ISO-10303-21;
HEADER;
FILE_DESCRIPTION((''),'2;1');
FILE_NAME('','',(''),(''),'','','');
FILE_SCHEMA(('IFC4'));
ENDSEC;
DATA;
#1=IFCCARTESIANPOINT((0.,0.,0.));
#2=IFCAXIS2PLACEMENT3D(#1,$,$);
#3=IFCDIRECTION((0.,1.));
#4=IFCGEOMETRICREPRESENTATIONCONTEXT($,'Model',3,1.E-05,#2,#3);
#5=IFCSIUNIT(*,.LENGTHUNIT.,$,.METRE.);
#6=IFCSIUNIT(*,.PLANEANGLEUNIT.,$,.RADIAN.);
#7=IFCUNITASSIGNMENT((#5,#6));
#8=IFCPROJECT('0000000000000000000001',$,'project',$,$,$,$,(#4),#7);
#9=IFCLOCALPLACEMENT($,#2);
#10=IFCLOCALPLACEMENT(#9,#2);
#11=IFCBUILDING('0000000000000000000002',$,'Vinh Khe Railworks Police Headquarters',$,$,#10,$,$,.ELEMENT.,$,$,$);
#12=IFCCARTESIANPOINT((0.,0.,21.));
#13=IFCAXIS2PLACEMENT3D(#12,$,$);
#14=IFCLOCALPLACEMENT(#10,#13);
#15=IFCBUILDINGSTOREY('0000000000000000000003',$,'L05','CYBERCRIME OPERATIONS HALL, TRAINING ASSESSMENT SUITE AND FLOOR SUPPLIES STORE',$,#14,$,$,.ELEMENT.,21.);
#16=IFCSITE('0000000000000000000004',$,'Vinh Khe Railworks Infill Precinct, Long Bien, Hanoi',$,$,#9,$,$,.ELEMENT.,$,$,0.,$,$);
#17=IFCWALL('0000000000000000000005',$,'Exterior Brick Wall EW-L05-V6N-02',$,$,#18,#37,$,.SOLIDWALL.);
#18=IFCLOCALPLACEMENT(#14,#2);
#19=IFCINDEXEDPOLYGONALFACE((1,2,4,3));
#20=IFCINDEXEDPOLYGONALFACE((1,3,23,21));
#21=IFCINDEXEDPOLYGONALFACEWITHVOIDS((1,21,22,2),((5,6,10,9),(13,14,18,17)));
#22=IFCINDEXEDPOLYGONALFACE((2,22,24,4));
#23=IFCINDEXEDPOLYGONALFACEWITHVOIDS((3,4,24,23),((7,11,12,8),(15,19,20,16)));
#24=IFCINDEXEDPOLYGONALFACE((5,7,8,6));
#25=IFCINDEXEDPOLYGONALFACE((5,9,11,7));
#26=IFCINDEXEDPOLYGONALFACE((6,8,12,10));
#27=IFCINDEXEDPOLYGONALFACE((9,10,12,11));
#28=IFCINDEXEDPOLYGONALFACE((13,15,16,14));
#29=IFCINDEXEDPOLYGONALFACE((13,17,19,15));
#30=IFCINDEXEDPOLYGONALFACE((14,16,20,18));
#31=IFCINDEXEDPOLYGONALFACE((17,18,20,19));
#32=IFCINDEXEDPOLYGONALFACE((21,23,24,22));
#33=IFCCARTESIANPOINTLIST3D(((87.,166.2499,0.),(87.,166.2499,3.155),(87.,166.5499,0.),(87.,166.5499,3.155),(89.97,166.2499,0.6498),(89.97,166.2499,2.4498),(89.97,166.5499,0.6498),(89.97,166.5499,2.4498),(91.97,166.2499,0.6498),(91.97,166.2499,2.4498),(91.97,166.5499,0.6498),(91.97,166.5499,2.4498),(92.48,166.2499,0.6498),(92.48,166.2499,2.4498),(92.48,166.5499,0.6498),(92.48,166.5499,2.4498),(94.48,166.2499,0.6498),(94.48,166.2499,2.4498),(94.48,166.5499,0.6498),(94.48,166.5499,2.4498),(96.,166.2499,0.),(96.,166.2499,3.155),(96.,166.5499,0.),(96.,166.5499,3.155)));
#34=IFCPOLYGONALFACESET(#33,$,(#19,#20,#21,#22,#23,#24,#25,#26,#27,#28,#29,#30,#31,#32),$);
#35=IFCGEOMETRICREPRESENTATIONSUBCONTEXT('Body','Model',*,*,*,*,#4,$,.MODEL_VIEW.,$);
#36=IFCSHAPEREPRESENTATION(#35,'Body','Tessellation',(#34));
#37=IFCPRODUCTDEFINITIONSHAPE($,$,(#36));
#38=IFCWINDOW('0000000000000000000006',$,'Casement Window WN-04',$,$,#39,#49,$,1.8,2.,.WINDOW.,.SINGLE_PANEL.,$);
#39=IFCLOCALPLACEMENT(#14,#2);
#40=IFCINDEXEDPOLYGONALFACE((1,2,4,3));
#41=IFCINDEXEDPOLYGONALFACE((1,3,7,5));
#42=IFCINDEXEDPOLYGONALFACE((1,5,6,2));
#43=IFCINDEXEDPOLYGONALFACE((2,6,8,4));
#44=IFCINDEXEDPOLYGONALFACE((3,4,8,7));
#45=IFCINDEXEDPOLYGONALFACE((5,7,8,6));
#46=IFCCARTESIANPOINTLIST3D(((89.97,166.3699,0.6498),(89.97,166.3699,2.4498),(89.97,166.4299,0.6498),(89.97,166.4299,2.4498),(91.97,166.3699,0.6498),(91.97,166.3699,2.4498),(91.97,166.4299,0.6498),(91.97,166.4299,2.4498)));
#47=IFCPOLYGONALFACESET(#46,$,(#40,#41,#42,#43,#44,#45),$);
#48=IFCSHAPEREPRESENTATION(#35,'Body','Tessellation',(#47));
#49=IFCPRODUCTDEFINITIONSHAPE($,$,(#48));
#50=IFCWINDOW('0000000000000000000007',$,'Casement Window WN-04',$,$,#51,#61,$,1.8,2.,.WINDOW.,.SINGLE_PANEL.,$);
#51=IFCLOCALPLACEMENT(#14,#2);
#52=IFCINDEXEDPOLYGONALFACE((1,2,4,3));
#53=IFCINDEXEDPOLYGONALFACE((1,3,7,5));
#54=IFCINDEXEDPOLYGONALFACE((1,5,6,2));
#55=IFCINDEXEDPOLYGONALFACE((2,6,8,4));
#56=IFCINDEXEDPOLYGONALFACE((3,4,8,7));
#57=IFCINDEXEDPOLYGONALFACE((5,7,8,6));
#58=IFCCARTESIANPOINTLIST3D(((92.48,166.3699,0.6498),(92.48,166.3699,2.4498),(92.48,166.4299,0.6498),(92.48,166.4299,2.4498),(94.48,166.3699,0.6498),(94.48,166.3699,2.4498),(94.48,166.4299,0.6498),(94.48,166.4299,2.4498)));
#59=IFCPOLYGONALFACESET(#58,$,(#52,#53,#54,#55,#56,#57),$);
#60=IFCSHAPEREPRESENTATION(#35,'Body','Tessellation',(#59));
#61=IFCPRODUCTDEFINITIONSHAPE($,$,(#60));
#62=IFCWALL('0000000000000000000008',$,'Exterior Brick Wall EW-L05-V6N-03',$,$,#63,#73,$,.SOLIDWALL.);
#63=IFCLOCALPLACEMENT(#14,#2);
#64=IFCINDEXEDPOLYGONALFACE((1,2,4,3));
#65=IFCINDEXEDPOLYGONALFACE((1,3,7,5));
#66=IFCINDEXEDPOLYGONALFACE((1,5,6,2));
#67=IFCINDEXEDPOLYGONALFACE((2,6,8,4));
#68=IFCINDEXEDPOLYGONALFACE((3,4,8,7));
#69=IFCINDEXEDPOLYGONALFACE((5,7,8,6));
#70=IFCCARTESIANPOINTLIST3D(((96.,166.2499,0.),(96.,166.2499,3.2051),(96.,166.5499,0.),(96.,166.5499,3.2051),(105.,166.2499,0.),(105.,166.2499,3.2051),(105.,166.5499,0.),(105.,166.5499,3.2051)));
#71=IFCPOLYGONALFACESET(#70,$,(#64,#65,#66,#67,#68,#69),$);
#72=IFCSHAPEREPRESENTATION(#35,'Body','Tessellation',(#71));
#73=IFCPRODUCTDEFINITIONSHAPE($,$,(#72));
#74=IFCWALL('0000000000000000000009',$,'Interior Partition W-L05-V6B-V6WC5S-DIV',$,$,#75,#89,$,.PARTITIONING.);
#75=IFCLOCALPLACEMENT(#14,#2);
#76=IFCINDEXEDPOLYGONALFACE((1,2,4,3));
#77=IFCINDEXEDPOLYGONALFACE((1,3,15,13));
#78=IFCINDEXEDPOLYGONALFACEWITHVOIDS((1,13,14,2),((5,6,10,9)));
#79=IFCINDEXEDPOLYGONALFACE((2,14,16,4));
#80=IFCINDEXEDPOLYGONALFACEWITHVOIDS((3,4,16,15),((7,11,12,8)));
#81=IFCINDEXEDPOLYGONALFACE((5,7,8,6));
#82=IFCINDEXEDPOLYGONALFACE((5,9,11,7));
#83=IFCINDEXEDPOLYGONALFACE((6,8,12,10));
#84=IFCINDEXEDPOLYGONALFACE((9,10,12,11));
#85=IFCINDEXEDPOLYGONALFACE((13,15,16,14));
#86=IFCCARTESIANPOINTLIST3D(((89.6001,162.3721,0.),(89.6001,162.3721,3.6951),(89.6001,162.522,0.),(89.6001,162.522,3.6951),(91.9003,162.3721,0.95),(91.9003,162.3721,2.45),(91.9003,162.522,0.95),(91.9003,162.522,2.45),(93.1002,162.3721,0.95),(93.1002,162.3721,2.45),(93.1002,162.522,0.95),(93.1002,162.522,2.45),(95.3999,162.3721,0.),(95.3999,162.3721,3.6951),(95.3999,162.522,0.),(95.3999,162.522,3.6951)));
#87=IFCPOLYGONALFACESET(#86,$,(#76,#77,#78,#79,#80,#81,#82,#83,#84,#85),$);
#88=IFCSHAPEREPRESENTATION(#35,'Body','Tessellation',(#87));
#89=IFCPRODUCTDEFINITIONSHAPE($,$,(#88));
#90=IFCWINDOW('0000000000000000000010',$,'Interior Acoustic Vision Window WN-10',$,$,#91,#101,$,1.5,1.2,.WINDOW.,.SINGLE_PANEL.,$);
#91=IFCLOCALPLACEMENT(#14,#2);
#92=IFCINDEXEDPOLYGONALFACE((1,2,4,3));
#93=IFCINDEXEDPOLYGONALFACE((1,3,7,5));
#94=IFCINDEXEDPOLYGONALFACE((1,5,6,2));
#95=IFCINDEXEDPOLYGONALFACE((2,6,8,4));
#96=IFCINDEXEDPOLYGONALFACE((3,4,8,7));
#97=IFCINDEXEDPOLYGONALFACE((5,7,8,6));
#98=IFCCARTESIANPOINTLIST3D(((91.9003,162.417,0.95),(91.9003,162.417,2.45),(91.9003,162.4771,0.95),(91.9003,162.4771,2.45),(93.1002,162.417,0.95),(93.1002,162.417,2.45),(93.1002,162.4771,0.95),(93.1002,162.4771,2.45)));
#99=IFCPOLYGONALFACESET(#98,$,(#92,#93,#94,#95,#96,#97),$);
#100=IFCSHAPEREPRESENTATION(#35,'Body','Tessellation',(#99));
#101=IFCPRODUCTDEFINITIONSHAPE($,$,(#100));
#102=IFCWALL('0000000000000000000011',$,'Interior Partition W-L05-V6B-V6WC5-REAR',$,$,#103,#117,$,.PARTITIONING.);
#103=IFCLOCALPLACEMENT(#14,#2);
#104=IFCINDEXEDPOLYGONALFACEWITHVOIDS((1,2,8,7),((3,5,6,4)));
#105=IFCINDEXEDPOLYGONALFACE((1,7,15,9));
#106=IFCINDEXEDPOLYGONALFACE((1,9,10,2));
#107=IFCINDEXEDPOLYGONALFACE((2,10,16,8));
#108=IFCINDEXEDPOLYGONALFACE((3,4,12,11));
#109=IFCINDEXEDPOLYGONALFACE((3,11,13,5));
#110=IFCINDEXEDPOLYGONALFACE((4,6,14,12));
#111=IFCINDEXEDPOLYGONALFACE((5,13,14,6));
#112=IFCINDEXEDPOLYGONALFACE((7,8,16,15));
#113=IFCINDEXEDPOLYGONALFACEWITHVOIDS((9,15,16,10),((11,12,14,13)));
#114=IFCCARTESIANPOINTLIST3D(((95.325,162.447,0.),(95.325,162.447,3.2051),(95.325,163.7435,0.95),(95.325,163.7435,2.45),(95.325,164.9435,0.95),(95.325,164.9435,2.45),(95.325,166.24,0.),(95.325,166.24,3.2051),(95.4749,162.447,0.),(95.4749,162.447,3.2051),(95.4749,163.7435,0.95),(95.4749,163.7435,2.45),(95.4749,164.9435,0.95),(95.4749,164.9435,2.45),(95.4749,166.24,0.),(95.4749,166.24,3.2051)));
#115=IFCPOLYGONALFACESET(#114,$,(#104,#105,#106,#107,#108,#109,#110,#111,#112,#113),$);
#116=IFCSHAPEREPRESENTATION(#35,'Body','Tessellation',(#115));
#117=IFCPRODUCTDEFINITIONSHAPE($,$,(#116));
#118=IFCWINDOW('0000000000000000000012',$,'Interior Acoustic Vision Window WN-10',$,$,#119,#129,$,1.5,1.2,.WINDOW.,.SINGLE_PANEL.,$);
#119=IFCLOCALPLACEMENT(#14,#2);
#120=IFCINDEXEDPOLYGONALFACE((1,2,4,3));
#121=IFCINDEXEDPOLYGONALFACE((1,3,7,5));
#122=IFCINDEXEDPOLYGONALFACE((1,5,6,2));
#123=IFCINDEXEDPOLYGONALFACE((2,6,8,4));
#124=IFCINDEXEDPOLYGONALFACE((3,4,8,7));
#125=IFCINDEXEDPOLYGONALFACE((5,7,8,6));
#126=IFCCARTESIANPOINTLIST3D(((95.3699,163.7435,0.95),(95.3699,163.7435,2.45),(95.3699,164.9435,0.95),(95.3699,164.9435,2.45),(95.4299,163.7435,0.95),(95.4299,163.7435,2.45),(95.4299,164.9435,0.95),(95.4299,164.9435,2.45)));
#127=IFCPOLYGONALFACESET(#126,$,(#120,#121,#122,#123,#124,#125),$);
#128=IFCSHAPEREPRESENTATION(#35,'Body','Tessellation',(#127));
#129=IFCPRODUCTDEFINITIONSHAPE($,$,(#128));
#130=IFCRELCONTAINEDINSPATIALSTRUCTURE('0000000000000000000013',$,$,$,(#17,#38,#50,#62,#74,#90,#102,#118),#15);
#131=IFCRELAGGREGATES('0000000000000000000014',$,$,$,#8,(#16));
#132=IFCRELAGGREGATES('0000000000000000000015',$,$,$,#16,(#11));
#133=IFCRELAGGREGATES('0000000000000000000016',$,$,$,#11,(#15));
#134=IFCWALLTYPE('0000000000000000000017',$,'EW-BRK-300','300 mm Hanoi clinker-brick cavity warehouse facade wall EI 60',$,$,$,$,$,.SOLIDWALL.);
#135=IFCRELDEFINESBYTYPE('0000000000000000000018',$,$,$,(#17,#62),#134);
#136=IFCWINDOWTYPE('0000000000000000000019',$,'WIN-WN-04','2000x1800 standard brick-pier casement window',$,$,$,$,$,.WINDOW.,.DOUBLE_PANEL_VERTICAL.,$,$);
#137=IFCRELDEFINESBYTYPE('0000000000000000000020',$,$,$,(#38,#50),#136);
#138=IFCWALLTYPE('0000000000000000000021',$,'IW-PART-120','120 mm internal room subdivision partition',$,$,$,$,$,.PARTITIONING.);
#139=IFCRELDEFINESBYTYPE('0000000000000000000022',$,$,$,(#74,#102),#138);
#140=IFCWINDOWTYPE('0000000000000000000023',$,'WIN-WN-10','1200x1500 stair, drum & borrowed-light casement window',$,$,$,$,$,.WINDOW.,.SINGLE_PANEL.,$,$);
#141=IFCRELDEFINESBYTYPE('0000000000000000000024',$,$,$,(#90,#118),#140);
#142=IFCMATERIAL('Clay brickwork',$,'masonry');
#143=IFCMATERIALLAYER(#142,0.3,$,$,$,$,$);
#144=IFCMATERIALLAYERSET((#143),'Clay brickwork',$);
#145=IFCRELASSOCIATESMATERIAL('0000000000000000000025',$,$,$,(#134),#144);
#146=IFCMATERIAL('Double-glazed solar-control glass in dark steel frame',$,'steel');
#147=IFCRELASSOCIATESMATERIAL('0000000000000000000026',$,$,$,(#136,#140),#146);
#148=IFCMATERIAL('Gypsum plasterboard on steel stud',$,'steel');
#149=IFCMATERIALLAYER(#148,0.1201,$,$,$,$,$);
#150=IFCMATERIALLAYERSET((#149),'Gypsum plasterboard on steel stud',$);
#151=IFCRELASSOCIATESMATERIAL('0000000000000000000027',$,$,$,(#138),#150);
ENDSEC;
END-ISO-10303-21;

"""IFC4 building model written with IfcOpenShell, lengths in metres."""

from ifc_helpers import new_model, si_unit, direction, frame, frame_2d, origin, place, context, subcontext, project, spatial, rectangle, extrude, material, layer, layer_set, type_object, element, fill, save


model = new_model("IFC4")

# Units and contexts
model_context = context("Model", 3, precision=1e-05, world=origin(), true_north=direction((0.0, 1.0)))
body_context = subcontext(model_context, "Body", "Model", "MODEL_VIEW")
ifc_project = project(units=[si_unit("LENGTHUNIT", "METRE"), si_unit("PLANEANGLEUNIT", "RADIAN")], contexts=[model_context])

# Site, building, storey
site_placement = place(None, origin())
site = spatial("IfcSite", under=ifc_project, at=site_placement, Name="Vinh Khe Railworks Infill Precinct, Long Bien, Hanoi", CompositionType="ELEMENT", RefElevation=0.0)
building_placement = place(site_placement, origin())
building = spatial("IfcBuilding", under=site, at=building_placement, Name="Vinh Khe Railworks Police Headquarters", CompositionType="ELEMENT")
storey_placement = place(building_placement, frame((0.0, 0.0, 21.0)))
storey = spatial("IfcBuildingStorey", under=building, at=storey_placement, Name="L05", Description="CYBERCRIME OPERATIONS HALL, TRAINING ASSESSMENT SUITE AND FLOOR SUPPLIES STORE", CompositionType="ELEMENT", Elevation=21.0)

# Wall, openings, windows
ifc_material_1 = material(Name="Clay brickwork", Category="masonry")
ifc_layer_1 = layer(ifc_material_1, 0.3)
ifc_layer_set_1 = layer_set([ifc_layer_1], Name="Clay brickwork")
wall_type_1 = type_object("IfcWallType", Name="EW-BRK-300", Description="300 mm Hanoi clinker-brick cavity warehouse facade wall EI 60", PredefinedType="SOLIDWALL", material=ifc_layer_set_1)
wall_1_placement = place(storey_placement, frame((87.0, 166.3999, 0.0), z_axis=(0.0, 0.0, 1.0), x_axis=(1.0, 0.0, 0.0)))
wall_1 = element("IfcWall", 1, at=wall_1_placement, inside=storey, type_object=wall_type_1, Name="Exterior Brick Wall EW-L05-V6N-02", PredefinedType="SOLIDWALL", context=body_context, shape_type="SweptSolid", body=[
    extrude(rectangle(XDim=9.0, YDim=0.3, at=frame_2d((4.5, 0.0))), origin(), (0.0, 0.0, 1.0), 3.155),
])
opening_1_placement = place(wall_1_placement, frame((2.97, 0.0, 0.6499)))
opening_1 = element("IfcOpeningElement", 2, at=opening_1_placement, cuts=wall_1, PredefinedType="OPENING", context=body_context, shape_type="SweptSolid", body=[
    extrude(rectangle(XDim=2.0, YDim=1.8, at=frame_2d((1.0, 0.8999))), frame((0.0, 0.165, 0.0), z_axis=(0.0, -1.0, 0.0), x_axis=(1.0, 0.0, 0.0)), (0.0, 0.0, 1.0), 0.3298),
])
opening_2_placement = place(wall_1_placement, frame((5.48, 0.0, 0.6499)))
opening_2 = element("IfcOpeningElement", 3, at=opening_2_placement, cuts=wall_1, PredefinedType="OPENING", context=body_context, shape_type="SweptSolid", body=[
    extrude(rectangle(XDim=2.0, YDim=1.8, at=frame_2d((1.0, 0.8999))), frame((0.0, 0.165, 0.0), z_axis=(0.0, -1.0, 0.0), x_axis=(1.0, 0.0, 0.0)), (0.0, 0.0, 1.0), 0.3298),
])
ifc_material_2 = material(Name="Double-glazed solar-control glass in dark steel frame", Category="steel")
window_type_1 = type_object("IfcWindowType", Name="WIN-WN-04", Description="2000x1800 standard brick-pier casement window", PartitioningType="DOUBLE_PANEL_VERTICAL", PredefinedType="WINDOW", material=ifc_material_2)
window_1_placement = place(opening_1_placement, origin())
window_1 = element("IfcWindow", 4, at=window_1_placement, inside=storey, type_object=window_type_1, Name="Casement Window WN-04", OverallHeight=1.8, OverallWidth=2.0, PartitioningType="SINGLE_PANEL", PredefinedType="WINDOW", context=body_context, shape_type="SweptSolid", body=[
    extrude(rectangle(XDim=2.0, YDim=1.8, at=frame_2d((1.0, 0.8999))), frame((0.0, 0.03, 0.0), z_axis=(0.0, -1.0, 0.0), x_axis=(1.0, 0.0, 0.0)), (0.0, 0.0, 1.0), 0.0601),
])
fill(opening_1, window_1)
window_2_placement = place(opening_2_placement, origin())
window_2 = element("IfcWindow", 5, at=window_2_placement, inside=storey, type_object=window_type_1, Name="Casement Window WN-04", OverallHeight=1.8, OverallWidth=2.0, PartitioningType="SINGLE_PANEL", PredefinedType="WINDOW", context=body_context, shape_type="SweptSolid", body=[
    extrude(rectangle(XDim=2.0, YDim=1.8, at=frame_2d((1.0, 0.8999))), frame((0.0, 0.03, 0.0), z_axis=(0.0, -1.0, 0.0), x_axis=(1.0, 0.0, 0.0)), (0.0, 0.0, 1.0), 0.0601),
])
fill(opening_2, window_2)

# Wall
wall_2_placement = place(storey_placement, frame((96.0, 166.3999, 0.0), z_axis=(0.0, 0.0, 1.0), x_axis=(1.0, 0.0, 0.0)))
element("IfcWall", 6, at=wall_2_placement, inside=storey, type_object=wall_type_1, Name="Exterior Brick Wall EW-L05-V6N-03", PredefinedType="SOLIDWALL", context=body_context, shape_type="SweptSolid", body=[
    extrude(rectangle(XDim=9.0, YDim=0.3, at=frame_2d((4.5, 0.0))), origin(), (0.0, 0.0, 1.0), 3.2051),
])

# Walls, openings, windows
ifc_material_3 = material(Name="Gypsum plasterboard on steel stud", Category="steel")
ifc_layer_2 = layer(ifc_material_3, 0.1201)
ifc_layer_set_2 = layer_set([ifc_layer_2], Name="Gypsum plasterboard on steel stud")
wall_type_2 = type_object("IfcWallType", Name="IW-PART-120", Description="120 mm internal room subdivision partition", PredefinedType="PARTITIONING", material=ifc_layer_set_2)
wall_3_placement = place(storey_placement, frame((89.6001, 162.447, 0.0), z_axis=(0.0, 0.0, 1.0), x_axis=(1.0, 0.0, 0.0)))
wall_3 = element("IfcWall", 7, at=wall_3_placement, inside=storey, type_object=wall_type_2, Name="Interior Partition W-L05-V6B-V6WC5S-DIV", PredefinedType="PARTITIONING", context=body_context, shape_type="SweptSolid", body=[
    extrude(rectangle(XDim=5.7998, YDim=0.1499, at=frame_2d((2.8999, 0.0))), origin(), (0.0, 0.0, 1.0), 3.6951),
])
opening_3_placement = place(wall_3_placement, frame((2.3, 0.0, 0.95)))
opening_3 = element("IfcOpeningElement", 8, at=opening_3_placement, cuts=wall_3, PredefinedType="OPENING", context=body_context, shape_type="SweptSolid", body=[
    extrude(rectangle(XDim=1.2, YDim=1.5, at=frame_2d((0.6001, 0.75))), frame((0.0, 0.0898, 0.0), z_axis=(0.0, -1.0, 0.0), x_axis=(1.0, 0.0, 0.0)), (0.0, 0.0, 1.0), 0.1797),
])
window_type_2 = type_object("IfcWindowType", Name="WIN-WN-10", Description="1200x1500 stair, drum & borrowed-light casement window", PartitioningType="SINGLE_PANEL", PredefinedType="WINDOW", material=ifc_material_2)
window_3_placement = place(opening_3_placement, origin())
window_3 = element("IfcWindow", 9, at=window_3_placement, inside=storey, type_object=window_type_2, Name="Interior Acoustic Vision Window WN-10", OverallHeight=1.5, OverallWidth=1.2, PartitioningType="SINGLE_PANEL", PredefinedType="WINDOW", context=body_context, shape_type="SweptSolid", body=[
    extrude(rectangle(XDim=1.2, YDim=1.5, at=frame_2d((0.6001, 0.75))), frame((0.0, 0.03, 0.0), z_axis=(0.0, -1.0, 0.0), x_axis=(1.0, 0.0, 0.0)), (0.0, 0.0, 1.0), 0.0601),
])
fill(opening_3, window_3)
wall_4_placement = place(storey_placement, frame((95.3999, 162.447, 0.0), z_axis=(0.0, 0.0, 1.0), x_axis=(0.0, 1.0, 0.0)))
wall_4 = element("IfcWall", 10, at=wall_4_placement, inside=storey, type_object=wall_type_2, Name="Interior Partition W-L05-V6B-V6WC5-REAR", PredefinedType="PARTITIONING", context=body_context, shape_type="SweptSolid", body=[
    extrude(rectangle(XDim=3.793, YDim=0.1499, at=frame_2d((1.8965, 0.0))), origin(), (0.0, 0.0, 1.0), 3.2051),
])
opening_4_placement = place(wall_4_placement, frame((1.2964, 0.0, 0.95)))
opening_4 = element("IfcOpeningElement", 11, at=opening_4_placement, cuts=wall_4, PredefinedType="OPENING", context=body_context, shape_type="SweptSolid", body=[
    extrude(rectangle(XDim=1.2, YDim=1.5, at=frame_2d((0.6001, 0.75))), frame((0.0, 0.0898, 0.0), z_axis=(0.0, -1.0, 0.0), x_axis=(1.0, 0.0, 0.0)), (0.0, 0.0, 1.0), 0.1797),
])
window_4_placement = place(opening_4_placement, origin())
window_4 = element("IfcWindow", 12, at=window_4_placement, inside=storey, type_object=window_type_2, Name="Interior Acoustic Vision Window WN-10", OverallHeight=1.5, OverallWidth=1.2, PartitioningType="SINGLE_PANEL", PredefinedType="WINDOW", context=body_context, shape_type="SweptSolid", body=[
    extrude(rectangle(XDim=1.2, YDim=1.5, at=frame_2d((0.6001, 0.75))), frame((0.0, 0.03, 0.0), z_axis=(0.0, -1.0, 0.0), x_axis=(1.0, 0.0, 0.0)), (0.0, 0.0, 1.0), 0.0601),
])
fill(opening_4, window_4)

save(model, "model.ifc")
